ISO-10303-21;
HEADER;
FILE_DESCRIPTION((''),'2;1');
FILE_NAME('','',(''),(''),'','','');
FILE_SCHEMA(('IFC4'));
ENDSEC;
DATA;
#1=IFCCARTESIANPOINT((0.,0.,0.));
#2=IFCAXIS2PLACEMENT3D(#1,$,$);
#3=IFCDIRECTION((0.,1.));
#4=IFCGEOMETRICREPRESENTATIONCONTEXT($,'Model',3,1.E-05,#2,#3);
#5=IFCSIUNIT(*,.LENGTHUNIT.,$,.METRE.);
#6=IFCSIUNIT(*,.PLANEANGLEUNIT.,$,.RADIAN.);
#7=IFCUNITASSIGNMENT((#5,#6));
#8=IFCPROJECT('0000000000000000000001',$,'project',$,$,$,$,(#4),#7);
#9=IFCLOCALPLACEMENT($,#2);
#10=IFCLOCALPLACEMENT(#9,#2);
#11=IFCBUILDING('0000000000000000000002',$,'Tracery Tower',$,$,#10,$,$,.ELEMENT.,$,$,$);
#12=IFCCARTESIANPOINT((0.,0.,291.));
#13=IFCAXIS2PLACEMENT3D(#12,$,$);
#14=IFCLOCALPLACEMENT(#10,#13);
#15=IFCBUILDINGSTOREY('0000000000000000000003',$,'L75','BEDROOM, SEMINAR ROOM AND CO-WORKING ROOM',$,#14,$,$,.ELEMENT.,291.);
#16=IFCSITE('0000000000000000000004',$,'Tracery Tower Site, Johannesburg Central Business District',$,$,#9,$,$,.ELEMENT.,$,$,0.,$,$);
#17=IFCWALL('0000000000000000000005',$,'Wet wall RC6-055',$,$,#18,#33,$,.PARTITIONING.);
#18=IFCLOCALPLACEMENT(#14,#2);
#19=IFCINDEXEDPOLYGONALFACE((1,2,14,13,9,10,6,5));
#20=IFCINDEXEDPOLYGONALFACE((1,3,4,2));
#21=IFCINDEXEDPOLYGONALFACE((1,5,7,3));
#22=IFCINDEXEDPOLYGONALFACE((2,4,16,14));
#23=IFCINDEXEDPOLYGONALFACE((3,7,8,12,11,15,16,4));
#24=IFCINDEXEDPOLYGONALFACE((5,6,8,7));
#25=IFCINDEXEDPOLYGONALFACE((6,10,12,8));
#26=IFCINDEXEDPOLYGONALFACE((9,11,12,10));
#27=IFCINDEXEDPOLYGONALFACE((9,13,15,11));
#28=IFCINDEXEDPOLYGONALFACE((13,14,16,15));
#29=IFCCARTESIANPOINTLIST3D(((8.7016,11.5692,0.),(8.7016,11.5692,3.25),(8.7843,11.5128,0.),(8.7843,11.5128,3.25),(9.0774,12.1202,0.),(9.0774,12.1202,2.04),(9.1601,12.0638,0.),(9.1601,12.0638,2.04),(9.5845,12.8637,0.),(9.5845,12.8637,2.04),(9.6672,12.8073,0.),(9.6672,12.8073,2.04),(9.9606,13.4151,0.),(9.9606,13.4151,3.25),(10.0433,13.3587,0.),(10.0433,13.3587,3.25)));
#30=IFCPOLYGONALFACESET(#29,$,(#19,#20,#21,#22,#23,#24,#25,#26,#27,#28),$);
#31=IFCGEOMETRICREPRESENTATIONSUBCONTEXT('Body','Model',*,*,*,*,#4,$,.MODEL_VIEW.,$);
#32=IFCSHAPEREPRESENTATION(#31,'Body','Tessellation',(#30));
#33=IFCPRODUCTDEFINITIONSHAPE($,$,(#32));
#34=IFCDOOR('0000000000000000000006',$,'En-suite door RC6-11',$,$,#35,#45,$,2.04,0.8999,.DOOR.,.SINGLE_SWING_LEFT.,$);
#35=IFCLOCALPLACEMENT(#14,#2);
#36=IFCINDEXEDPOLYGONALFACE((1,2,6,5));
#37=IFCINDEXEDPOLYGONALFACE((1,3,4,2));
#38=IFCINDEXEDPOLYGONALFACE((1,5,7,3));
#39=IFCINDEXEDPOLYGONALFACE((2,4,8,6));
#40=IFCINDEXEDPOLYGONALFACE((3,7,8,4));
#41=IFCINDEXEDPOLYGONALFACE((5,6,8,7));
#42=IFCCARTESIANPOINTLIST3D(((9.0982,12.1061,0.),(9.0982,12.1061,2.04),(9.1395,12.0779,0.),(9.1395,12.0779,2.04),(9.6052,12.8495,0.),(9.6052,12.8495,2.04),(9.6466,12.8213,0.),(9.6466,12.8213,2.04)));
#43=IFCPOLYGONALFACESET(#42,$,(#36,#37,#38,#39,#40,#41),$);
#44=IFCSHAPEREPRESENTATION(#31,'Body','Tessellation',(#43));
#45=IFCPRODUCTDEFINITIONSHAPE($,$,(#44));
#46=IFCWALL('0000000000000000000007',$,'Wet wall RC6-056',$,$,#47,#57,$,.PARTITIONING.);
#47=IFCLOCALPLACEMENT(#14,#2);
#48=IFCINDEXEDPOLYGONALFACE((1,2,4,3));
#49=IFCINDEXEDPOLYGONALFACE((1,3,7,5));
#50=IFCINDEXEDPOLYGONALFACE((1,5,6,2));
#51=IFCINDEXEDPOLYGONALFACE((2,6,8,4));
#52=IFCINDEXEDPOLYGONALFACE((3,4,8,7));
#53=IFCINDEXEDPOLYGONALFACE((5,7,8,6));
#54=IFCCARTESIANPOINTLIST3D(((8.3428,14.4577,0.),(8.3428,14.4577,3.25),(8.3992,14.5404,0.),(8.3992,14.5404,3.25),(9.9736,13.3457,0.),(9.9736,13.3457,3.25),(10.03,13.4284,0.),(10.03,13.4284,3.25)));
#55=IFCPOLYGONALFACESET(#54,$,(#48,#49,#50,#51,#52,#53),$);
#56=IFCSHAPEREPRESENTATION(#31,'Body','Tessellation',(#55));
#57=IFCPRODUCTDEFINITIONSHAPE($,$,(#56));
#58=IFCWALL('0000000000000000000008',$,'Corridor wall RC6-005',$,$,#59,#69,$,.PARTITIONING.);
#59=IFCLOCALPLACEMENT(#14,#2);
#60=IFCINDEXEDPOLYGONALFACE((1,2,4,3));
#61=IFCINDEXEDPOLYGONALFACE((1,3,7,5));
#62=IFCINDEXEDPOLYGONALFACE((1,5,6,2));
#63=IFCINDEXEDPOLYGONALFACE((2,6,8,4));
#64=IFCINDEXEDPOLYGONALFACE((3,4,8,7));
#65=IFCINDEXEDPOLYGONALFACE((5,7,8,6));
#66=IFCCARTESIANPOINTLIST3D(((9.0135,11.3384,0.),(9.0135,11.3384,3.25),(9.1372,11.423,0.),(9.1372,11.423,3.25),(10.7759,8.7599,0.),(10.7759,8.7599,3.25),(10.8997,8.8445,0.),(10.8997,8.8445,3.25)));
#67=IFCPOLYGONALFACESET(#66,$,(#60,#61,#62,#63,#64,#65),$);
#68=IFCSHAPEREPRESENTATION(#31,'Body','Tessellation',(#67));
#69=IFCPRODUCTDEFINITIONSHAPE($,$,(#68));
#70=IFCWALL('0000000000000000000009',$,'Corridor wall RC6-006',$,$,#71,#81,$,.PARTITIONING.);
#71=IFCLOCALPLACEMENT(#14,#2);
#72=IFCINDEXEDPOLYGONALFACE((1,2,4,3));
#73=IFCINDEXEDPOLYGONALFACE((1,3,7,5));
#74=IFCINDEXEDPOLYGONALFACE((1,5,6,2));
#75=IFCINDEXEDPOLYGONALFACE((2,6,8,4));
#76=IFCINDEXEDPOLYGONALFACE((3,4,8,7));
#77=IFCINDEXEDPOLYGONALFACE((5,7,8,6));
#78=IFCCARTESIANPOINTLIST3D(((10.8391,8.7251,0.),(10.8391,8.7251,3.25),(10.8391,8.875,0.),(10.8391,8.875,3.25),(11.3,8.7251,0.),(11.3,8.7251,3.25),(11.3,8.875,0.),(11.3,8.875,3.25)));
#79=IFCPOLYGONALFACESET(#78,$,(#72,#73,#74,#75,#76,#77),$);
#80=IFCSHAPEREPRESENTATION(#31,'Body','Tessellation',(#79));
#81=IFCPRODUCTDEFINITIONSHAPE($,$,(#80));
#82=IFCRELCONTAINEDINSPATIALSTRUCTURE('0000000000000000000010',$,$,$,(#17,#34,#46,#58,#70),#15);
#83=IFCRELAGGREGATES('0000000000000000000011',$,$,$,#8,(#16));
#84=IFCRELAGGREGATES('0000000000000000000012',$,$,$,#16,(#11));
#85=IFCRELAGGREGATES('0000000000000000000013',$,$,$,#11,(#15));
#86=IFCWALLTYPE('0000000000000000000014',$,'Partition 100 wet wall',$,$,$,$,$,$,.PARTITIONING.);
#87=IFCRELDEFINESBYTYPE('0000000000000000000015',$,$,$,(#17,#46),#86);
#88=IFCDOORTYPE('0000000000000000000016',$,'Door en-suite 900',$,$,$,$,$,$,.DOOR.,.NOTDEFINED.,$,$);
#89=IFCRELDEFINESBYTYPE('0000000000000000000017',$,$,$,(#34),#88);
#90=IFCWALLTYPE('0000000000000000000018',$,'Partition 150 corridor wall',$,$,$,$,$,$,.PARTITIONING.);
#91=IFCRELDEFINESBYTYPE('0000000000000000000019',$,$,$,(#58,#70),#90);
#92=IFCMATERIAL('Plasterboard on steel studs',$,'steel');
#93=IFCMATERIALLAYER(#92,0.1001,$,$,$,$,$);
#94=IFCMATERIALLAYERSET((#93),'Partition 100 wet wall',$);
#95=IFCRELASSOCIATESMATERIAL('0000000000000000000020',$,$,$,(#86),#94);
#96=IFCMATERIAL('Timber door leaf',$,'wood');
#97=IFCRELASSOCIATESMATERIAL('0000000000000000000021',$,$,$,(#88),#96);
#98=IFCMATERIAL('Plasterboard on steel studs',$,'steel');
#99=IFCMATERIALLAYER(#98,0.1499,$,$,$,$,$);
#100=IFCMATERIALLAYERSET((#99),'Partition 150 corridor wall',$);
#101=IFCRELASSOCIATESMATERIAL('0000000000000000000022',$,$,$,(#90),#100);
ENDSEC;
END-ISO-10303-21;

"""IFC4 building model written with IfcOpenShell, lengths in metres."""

from ifc_helpers import new_model, si_unit, direction, frame, frame_2d, origin, place, context, subcontext, project, spatial, rectangle, extrude, material, layer, layer_set, type_object, element, fill, save


model = new_model("IFC4")

# Units and contexts
model_context = context("Model", 3, precision=1e-05, world=origin(), true_north=direction((0.0, 1.0)))
body_context = subcontext(model_context, "Body", "Model", "MODEL_VIEW")
ifc_project = project(units=[si_unit("LENGTHUNIT", "METRE"), si_unit("PLANEANGLEUNIT", "RADIAN")], contexts=[model_context])

# Site, building, storey
site_placement = place(None, origin())
site = spatial("IfcSite", under=ifc_project, at=site_placement, Name="Tracery Tower Site, Johannesburg Central Business District", CompositionType="ELEMENT", RefElevation=0.0)
building_placement = place(site_placement, origin())
building = spatial("IfcBuilding", under=site, at=building_placement, Name="Tracery Tower", CompositionType="ELEMENT")
storey_placement = place(building_placement, frame((0.0, 0.0, 291.0)))
storey = spatial("IfcBuildingStorey", under=building, at=storey_placement, Name="L75", Description="BEDROOM, SEMINAR ROOM AND CO-WORKING ROOM", CompositionType="ELEMENT", Elevation=291.0)

# Wall, opening, door
ifc_material_1 = material(Name="Plasterboard on steel studs", Category="steel")
ifc_layer_1 = layer(ifc_material_1, 0.1001)
ifc_layer_set_1 = layer_set([ifc_layer_1], Name="Partition 100 wet wall")
wall_type_1 = type_object("IfcWallType", Name="Partition 100 wet wall", PredefinedType="PARTITIONING", material=ifc_layer_set_1)
wall_1_placement = place(storey_placement, frame((8.7429, 11.541, 0.0), z_axis=(0.0, 0.0, 1.0), x_axis=(0.563469, 0.826137, 0.0)))
wall_1 = element("IfcWall", 1, at=wall_1_placement, inside=storey, type_object=wall_type_1, Name="Wet wall RC6-055", PredefinedType="PARTITIONING", context=body_context, shape_type="SweptSolid", body=[
    extrude(rectangle(XDim=2.2344, YDim=0.1001, at=frame_2d((1.1172, 0.0))), origin(), (0.0, 0.0, 1.0), 3.25),
])
opening_1_placement = place(wall_1_placement, frame((0.667, 0.0, 0.0)))
opening_1 = element("IfcOpeningElement", 2, at=opening_1_placement, cuts=wall_1, PredefinedType="OPENING", context=body_context, shape_type="SweptSolid", body=[
    extrude(rectangle(XDim=0.8999, YDim=2.04, at=frame_2d((0.45, 1.02))), frame((0.0, 0.05, 0.0), z_axis=(0.0, -1.0, 0.0), x_axis=(1.0, 0.0, 0.0)), (0.0, 0.0, 1.0), 0.1001),
])
ifc_material_2 = material(Name="Timber door leaf", Category="wood")
door_type_1 = type_object("IfcDoorType", Name="Door en-suite 900", OperationType="NOTDEFINED", PredefinedType="DOOR", material=ifc_material_2)
door_1_placement = place(opening_1_placement, origin())
door_1 = element("IfcDoor", 3, at=door_1_placement, inside=storey, type_object=door_type_1, Name="En-suite door RC6-11", OperationType="SINGLE_SWING_LEFT", OverallHeight=2.04, OverallWidth=0.8999, PredefinedType="DOOR", context=body_context, shape_type="SweptSolid", body=[
    extrude(rectangle(XDim=0.8999, YDim=2.04, at=frame_2d((0.45, 1.02))), frame((0.0, 0.0249, 0.0), z_axis=(0.0, -1.0, 0.0), x_axis=(1.0, 0.0, 0.0)), (0.0, 0.0, 1.0), 0.05),
])
fill(opening_1, door_1)

# Walls
wall_2_placement = place(storey_placement, frame((8.3711, 14.499, 0.0), z_axis=(0.0, 0.0, 1.0), x_axis=(0.826201, -0.563375, 0.0)))
element("IfcWall", 4, at=wall_2_placement, inside=storey, type_object=wall_type_1, Name="Wet wall RC6-056", PredefinedType="PARTITIONING", context=body_context, shape_type="SweptSolid", body=[
    extrude(rectangle(XDim=1.9739, YDim=0.1001, at=frame_2d((0.9868, 0.0))), origin(), (0.0, 0.0, 1.0), 3.25),
])
ifc_material_3 = material(Name="Plasterboard on steel studs", Category="steel")
ifc_layer_2 = layer(ifc_material_3, 0.1499)
ifc_layer_set_2 = layer_set([ifc_layer_2], Name="Partition 150 corridor wall")
wall_type_2 = type_object("IfcWallType", Name="Partition 150 corridor wall", PredefinedType="PARTITIONING", material=ifc_layer_set_2)
wall_3_placement = place(storey_placement, frame((9.0754, 11.3806, 0.0), z_axis=(0.0, 0.0, 1.0), x_axis=(0.564278, -0.825585, 0.0)))
element("IfcWall", 5, at=wall_3_placement, inside=storey, type_object=wall_type_2, Name="Corridor wall RC6-005", PredefinedType="PARTITIONING", context=body_context, shape_type="SweptSolid", body=[
    extrude(rectangle(XDim=3.1233, YDim=0.1499, at=frame_2d((1.5615, 0.0))), origin(), (0.0, 0.0, 1.0), 3.25),
])
wall_4_placement = place(storey_placement, frame((10.8391, 8.8, 0.0), z_axis=(0.0, 0.0, 1.0), x_axis=(1.0, 0.0, 0.0)))
element("IfcWall", 6, at=wall_4_placement, inside=storey, type_object=wall_type_2, Name="Corridor wall RC6-006", PredefinedType="PARTITIONING", context=body_context, shape_type="SweptSolid", body=[
    extrude(rectangle(XDim=0.4609, YDim=0.1499, at=frame_2d((0.2305, 0.0))), origin(), (0.0, 0.0, 1.0), 3.25),
])

save(model, "model.ifc")
